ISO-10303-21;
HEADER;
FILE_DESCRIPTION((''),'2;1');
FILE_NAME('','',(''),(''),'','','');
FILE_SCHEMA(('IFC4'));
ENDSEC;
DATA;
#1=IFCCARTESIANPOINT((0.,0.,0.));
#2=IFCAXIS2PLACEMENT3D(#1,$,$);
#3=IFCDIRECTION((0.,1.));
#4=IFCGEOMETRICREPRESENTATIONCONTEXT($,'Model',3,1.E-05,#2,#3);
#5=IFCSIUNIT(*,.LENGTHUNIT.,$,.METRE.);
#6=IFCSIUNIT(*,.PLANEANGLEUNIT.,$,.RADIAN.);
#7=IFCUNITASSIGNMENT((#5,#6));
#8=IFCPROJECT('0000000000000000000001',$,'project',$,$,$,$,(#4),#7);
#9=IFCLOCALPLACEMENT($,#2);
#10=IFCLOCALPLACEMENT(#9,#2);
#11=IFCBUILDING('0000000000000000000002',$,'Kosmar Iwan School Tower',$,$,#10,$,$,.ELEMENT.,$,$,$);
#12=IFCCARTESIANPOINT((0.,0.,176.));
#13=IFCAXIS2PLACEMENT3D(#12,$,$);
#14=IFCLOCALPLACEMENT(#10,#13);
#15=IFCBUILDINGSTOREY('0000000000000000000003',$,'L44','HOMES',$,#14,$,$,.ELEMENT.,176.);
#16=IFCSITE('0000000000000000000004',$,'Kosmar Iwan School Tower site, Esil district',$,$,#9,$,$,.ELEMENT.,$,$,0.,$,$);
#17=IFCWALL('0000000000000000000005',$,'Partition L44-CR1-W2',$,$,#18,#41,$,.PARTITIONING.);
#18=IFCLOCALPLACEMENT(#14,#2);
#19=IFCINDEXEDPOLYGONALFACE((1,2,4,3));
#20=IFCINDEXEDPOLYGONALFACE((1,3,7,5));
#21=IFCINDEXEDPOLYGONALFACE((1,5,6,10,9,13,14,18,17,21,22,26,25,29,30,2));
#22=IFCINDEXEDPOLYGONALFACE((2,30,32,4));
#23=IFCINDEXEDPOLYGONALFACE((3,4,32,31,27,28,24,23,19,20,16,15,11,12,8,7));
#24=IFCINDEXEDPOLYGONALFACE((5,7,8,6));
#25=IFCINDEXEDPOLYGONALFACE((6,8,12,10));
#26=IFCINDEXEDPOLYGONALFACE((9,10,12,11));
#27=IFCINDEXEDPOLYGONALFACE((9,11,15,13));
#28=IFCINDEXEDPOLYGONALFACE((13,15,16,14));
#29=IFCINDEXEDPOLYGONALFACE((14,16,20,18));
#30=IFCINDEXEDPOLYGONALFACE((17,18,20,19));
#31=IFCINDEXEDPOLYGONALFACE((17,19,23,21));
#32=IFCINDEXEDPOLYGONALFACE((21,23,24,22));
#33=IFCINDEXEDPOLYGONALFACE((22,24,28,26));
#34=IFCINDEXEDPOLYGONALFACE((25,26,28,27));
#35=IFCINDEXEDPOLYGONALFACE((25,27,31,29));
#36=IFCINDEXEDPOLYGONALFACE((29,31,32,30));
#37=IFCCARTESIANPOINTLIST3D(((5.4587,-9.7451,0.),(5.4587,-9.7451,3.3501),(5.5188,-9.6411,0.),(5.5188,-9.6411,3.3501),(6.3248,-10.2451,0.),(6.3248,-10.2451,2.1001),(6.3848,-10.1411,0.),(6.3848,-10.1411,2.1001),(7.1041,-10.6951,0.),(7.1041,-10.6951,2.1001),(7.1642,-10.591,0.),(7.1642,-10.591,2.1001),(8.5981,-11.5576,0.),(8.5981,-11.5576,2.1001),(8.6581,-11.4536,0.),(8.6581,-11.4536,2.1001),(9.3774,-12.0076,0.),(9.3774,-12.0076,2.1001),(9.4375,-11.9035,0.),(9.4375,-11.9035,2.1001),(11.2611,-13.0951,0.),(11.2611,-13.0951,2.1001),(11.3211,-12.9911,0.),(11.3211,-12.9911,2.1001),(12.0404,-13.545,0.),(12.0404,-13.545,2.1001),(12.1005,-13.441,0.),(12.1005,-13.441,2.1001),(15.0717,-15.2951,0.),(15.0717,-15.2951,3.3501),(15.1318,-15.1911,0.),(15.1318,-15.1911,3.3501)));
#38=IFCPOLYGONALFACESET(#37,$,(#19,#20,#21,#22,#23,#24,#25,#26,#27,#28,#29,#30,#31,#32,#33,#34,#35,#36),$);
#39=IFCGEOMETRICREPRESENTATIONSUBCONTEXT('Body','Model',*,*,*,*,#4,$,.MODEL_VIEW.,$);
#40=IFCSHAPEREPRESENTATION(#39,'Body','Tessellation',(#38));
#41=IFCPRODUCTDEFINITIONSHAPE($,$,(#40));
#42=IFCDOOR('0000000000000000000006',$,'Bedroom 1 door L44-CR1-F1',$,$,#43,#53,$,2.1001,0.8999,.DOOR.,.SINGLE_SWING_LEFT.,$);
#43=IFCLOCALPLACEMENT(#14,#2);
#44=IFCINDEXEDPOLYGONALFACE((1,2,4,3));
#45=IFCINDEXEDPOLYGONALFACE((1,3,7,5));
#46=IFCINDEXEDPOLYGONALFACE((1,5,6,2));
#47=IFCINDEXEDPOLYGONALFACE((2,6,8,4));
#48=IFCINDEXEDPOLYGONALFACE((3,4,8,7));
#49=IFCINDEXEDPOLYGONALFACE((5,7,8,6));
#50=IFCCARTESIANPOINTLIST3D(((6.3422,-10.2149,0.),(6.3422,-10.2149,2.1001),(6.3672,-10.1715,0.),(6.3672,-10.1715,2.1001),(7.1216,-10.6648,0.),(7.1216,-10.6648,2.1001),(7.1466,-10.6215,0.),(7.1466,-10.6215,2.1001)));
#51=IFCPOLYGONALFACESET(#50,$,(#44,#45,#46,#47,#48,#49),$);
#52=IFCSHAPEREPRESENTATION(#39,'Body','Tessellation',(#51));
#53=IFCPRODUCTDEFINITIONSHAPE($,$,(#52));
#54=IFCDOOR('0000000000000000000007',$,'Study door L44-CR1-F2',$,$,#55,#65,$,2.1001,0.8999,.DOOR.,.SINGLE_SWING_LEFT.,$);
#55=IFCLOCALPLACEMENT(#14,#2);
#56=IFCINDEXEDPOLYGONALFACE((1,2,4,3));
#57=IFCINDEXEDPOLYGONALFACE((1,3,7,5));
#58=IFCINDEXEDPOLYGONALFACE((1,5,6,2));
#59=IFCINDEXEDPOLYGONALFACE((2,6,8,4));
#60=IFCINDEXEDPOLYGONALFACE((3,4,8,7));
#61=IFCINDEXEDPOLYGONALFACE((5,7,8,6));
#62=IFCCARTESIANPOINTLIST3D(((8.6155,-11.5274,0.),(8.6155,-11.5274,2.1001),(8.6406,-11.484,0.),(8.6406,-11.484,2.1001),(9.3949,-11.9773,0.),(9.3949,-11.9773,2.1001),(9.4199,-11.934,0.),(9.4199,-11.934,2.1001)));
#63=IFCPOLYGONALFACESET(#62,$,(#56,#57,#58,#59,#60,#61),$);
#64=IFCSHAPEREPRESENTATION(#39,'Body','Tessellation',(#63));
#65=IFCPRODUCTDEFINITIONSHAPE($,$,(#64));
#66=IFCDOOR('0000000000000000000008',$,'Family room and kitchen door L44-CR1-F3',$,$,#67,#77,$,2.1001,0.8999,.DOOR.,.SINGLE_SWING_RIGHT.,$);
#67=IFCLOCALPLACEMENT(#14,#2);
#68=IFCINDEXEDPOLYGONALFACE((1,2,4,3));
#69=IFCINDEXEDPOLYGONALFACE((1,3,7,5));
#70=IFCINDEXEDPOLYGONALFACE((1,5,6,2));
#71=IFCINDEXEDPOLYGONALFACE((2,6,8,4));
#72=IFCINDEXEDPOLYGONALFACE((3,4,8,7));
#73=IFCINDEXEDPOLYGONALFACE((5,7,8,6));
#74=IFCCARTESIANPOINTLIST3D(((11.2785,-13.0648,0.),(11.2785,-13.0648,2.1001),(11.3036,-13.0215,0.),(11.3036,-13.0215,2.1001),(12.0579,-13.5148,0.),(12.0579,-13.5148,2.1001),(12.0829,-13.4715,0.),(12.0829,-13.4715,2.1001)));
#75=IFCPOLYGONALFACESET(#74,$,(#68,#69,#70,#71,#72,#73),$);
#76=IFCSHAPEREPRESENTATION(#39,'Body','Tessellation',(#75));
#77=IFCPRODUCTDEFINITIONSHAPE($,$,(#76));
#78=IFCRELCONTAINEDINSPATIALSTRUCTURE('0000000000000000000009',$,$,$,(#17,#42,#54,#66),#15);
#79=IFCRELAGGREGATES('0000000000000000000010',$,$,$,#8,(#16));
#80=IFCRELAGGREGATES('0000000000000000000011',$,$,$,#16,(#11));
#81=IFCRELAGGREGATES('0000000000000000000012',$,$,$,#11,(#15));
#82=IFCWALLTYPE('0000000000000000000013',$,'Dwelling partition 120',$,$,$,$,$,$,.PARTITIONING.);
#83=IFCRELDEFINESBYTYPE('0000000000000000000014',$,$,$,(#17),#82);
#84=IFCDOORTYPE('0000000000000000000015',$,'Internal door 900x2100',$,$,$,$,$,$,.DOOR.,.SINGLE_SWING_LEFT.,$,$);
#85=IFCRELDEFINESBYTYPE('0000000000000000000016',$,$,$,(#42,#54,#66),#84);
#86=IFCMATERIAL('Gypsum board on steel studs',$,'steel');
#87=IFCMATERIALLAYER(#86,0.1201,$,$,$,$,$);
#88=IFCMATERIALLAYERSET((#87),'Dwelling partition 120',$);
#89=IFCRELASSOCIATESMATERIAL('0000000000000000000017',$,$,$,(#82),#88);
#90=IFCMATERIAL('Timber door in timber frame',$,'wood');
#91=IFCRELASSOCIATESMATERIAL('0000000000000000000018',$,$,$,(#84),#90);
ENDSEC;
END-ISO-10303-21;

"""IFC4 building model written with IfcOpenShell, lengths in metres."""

from ifc_helpers import new_model, si_unit, direction, frame, frame_2d, origin, place, context, subcontext, project, spatial, rectangle, extrude, material, layer, layer_set, type_object, element, fill, save


model = new_model("IFC4")

# Units and contexts
model_context = context("Model", 3, precision=1e-05, world=origin(), true_north=direction((0.0, 1.0)))
body_context = subcontext(model_context, "Body", "Model", "MODEL_VIEW")
ifc_project = project(units=[si_unit("LENGTHUNIT", "METRE"), si_unit("PLANEANGLEUNIT", "RADIAN")], contexts=[model_context])

# Site, building, storey
site_placement = place(None, origin())
site = spatial("IfcSite", under=ifc_project, at=site_placement, Name="Kosmar Iwan School Tower site, Esil district", CompositionType="ELEMENT", RefElevation=0.0)
building_placement = place(site_placement, origin())
building = spatial("IfcBuilding", under=site, at=building_placement, Name="Kosmar Iwan School Tower", CompositionType="ELEMENT")
storey_placement = place(building_placement, frame((0.0, 0.0, 176.0)))
storey = spatial("IfcBuildingStorey", under=building, at=storey_placement, Name="L44", Description="HOMES", CompositionType="ELEMENT", Elevation=176.0)

# Wall, openings, doors
ifc_material_1 = material(Name="Gypsum board on steel studs", Category="steel")
ifc_layer_1 = layer(ifc_material_1, 0.1201)
ifc_layer_set_1 = layer_set([ifc_layer_1], Name="Dwelling partition 120")
wall_type_1 = type_object("IfcWallType", Name="Dwelling partition 120", PredefinedType="PARTITIONING", material=ifc_layer_set_1)
wall_1_placement = place(storey_placement, frame((5.4888, -9.6931, 0.0), z_axis=(0.0, 0.0, 1.0), x_axis=(0.866027, -0.499997, 0.0)))
wall_1 = element("IfcWall", 1, at=wall_1_placement, inside=storey, type_object=wall_type_1, Name="Partition L44-CR1-W2", PredefinedType="PARTITIONING", context=body_context, shape_type="SweptSolid", body=[
    extrude(rectangle(XDim=11.1001, YDim=0.1201, at=frame_2d((5.55, 0.0))), origin(), (0.0, 0.0, 1.0), 3.3501),
])
opening_1_placement = place(wall_1_placement, frame((1.0, 0.0, 0.0)))
opening_1 = element("IfcOpeningElement", 2, at=opening_1_placement, cuts=wall_1, PredefinedType="OPENING", context=body_context, shape_type="SweptSolid", body=[
    extrude(rectangle(XDim=0.8999, YDim=2.1001, at=frame_2d((0.45, 1.05))), frame((0.0, 0.072, 0.0), z_axis=(0.0, -1.0, 0.0), x_axis=(1.0, 0.0, 0.0)), (0.0, 0.0, 1.0), 0.144),
])
opening_2_placement = place(wall_1_placement, frame((3.625, 0.0, 0.0)))
opening_2 = element("IfcOpeningElement", 3, at=opening_2_placement, cuts=wall_1, PredefinedType="OPENING", context=body_context, shape_type="SweptSolid", body=[
    extrude(rectangle(XDim=0.8999, YDim=2.1001, at=frame_2d((0.45, 1.05))), frame((0.0, 0.072, 0.0), z_axis=(0.0, -1.0, 0.0), x_axis=(1.0, 0.0, 0.0)), (0.0, 0.0, 1.0), 0.144),
])
opening_3_placement = place(wall_1_placement, frame((6.7, 0.0, 0.0)))
opening_3 = element("IfcOpeningElement", 4, at=opening_3_placement, cuts=wall_1, PredefinedType="OPENING", context=body_context, shape_type="SweptSolid", body=[
    extrude(rectangle(XDim=0.8999, YDim=2.1001, at=frame_2d((0.45, 1.05))), frame((0.0, 0.072, 0.0), z_axis=(0.0, -1.0, 0.0), x_axis=(1.0, 0.0, 0.0)), (0.0, 0.0, 1.0), 0.144),
])
ifc_material_2 = material(Name="Timber door in timber frame", Category="wood")
door_type = type_object("IfcDoorType", Name="Internal door 900x2100", OperationType="SINGLE_SWING_LEFT", PredefinedType="DOOR", material=ifc_material_2)
door_1_placement = place(opening_1_placement, origin())
door_1 = element("IfcDoor", 5, at=door_1_placement, inside=storey, type_object=door_type, Name="Bedroom 1 door L44-CR1-F1", OperationType="SINGLE_SWING_LEFT", OverallHeight=2.1001, OverallWidth=0.8999, PredefinedType="DOOR", context=body_context, shape_type="SweptSolid", body=[
    extrude(rectangle(XDim=0.8999, YDim=2.1001, at=frame_2d((0.45, 1.05))), frame((0.0, 0.0249, 0.0), z_axis=(0.0, -1.0, 0.0), x_axis=(1.0, 0.0, 0.0)), (0.0, 0.0, 1.0), 0.05),
])
fill(opening_1, door_1)
door_2_placement = place(opening_2_placement, origin())
door_2 = element("IfcDoor", 6, at=door_2_placement, inside=storey, type_object=door_type, Name="Study door L44-CR1-F2", OperationType="SINGLE_SWING_LEFT", OverallHeight=2.1001, OverallWidth=0.8999, PredefinedType="DOOR", context=body_context, shape_type="SweptSolid", body=[
    extrude(rectangle(XDim=0.8999, YDim=2.1001, at=frame_2d((0.45, 1.05))), frame((0.0, 0.0249, 0.0), z_axis=(0.0, -1.0, 0.0), x_axis=(1.0, 0.0, 0.0)), (0.0, 0.0, 1.0), 0.05),
])
fill(opening_2, door_2)
door_3_placement = place(opening_3_placement, origin())
door_3 = element("IfcDoor", 7, at=door_3_placement, inside=storey, type_object=door_type, Name="Family room and kitchen door L44-CR1-F3", OperationType="SINGLE_SWING_RIGHT", OverallHeight=2.1001, OverallWidth=0.8999, PredefinedType="DOOR", context=body_context, shape_type="SweptSolid", body=[
    extrude(rectangle(XDim=0.8999, YDim=2.1001, at=frame_2d((0.45, 1.05))), frame((0.0, 0.0249, 0.0), z_axis=(0.0, -1.0, 0.0), x_axis=(1.0, 0.0, 0.0)), (0.0, 0.0, 1.0), 0.05),
])
fill(opening_3, door_3)

save(model, "model.ifc")
